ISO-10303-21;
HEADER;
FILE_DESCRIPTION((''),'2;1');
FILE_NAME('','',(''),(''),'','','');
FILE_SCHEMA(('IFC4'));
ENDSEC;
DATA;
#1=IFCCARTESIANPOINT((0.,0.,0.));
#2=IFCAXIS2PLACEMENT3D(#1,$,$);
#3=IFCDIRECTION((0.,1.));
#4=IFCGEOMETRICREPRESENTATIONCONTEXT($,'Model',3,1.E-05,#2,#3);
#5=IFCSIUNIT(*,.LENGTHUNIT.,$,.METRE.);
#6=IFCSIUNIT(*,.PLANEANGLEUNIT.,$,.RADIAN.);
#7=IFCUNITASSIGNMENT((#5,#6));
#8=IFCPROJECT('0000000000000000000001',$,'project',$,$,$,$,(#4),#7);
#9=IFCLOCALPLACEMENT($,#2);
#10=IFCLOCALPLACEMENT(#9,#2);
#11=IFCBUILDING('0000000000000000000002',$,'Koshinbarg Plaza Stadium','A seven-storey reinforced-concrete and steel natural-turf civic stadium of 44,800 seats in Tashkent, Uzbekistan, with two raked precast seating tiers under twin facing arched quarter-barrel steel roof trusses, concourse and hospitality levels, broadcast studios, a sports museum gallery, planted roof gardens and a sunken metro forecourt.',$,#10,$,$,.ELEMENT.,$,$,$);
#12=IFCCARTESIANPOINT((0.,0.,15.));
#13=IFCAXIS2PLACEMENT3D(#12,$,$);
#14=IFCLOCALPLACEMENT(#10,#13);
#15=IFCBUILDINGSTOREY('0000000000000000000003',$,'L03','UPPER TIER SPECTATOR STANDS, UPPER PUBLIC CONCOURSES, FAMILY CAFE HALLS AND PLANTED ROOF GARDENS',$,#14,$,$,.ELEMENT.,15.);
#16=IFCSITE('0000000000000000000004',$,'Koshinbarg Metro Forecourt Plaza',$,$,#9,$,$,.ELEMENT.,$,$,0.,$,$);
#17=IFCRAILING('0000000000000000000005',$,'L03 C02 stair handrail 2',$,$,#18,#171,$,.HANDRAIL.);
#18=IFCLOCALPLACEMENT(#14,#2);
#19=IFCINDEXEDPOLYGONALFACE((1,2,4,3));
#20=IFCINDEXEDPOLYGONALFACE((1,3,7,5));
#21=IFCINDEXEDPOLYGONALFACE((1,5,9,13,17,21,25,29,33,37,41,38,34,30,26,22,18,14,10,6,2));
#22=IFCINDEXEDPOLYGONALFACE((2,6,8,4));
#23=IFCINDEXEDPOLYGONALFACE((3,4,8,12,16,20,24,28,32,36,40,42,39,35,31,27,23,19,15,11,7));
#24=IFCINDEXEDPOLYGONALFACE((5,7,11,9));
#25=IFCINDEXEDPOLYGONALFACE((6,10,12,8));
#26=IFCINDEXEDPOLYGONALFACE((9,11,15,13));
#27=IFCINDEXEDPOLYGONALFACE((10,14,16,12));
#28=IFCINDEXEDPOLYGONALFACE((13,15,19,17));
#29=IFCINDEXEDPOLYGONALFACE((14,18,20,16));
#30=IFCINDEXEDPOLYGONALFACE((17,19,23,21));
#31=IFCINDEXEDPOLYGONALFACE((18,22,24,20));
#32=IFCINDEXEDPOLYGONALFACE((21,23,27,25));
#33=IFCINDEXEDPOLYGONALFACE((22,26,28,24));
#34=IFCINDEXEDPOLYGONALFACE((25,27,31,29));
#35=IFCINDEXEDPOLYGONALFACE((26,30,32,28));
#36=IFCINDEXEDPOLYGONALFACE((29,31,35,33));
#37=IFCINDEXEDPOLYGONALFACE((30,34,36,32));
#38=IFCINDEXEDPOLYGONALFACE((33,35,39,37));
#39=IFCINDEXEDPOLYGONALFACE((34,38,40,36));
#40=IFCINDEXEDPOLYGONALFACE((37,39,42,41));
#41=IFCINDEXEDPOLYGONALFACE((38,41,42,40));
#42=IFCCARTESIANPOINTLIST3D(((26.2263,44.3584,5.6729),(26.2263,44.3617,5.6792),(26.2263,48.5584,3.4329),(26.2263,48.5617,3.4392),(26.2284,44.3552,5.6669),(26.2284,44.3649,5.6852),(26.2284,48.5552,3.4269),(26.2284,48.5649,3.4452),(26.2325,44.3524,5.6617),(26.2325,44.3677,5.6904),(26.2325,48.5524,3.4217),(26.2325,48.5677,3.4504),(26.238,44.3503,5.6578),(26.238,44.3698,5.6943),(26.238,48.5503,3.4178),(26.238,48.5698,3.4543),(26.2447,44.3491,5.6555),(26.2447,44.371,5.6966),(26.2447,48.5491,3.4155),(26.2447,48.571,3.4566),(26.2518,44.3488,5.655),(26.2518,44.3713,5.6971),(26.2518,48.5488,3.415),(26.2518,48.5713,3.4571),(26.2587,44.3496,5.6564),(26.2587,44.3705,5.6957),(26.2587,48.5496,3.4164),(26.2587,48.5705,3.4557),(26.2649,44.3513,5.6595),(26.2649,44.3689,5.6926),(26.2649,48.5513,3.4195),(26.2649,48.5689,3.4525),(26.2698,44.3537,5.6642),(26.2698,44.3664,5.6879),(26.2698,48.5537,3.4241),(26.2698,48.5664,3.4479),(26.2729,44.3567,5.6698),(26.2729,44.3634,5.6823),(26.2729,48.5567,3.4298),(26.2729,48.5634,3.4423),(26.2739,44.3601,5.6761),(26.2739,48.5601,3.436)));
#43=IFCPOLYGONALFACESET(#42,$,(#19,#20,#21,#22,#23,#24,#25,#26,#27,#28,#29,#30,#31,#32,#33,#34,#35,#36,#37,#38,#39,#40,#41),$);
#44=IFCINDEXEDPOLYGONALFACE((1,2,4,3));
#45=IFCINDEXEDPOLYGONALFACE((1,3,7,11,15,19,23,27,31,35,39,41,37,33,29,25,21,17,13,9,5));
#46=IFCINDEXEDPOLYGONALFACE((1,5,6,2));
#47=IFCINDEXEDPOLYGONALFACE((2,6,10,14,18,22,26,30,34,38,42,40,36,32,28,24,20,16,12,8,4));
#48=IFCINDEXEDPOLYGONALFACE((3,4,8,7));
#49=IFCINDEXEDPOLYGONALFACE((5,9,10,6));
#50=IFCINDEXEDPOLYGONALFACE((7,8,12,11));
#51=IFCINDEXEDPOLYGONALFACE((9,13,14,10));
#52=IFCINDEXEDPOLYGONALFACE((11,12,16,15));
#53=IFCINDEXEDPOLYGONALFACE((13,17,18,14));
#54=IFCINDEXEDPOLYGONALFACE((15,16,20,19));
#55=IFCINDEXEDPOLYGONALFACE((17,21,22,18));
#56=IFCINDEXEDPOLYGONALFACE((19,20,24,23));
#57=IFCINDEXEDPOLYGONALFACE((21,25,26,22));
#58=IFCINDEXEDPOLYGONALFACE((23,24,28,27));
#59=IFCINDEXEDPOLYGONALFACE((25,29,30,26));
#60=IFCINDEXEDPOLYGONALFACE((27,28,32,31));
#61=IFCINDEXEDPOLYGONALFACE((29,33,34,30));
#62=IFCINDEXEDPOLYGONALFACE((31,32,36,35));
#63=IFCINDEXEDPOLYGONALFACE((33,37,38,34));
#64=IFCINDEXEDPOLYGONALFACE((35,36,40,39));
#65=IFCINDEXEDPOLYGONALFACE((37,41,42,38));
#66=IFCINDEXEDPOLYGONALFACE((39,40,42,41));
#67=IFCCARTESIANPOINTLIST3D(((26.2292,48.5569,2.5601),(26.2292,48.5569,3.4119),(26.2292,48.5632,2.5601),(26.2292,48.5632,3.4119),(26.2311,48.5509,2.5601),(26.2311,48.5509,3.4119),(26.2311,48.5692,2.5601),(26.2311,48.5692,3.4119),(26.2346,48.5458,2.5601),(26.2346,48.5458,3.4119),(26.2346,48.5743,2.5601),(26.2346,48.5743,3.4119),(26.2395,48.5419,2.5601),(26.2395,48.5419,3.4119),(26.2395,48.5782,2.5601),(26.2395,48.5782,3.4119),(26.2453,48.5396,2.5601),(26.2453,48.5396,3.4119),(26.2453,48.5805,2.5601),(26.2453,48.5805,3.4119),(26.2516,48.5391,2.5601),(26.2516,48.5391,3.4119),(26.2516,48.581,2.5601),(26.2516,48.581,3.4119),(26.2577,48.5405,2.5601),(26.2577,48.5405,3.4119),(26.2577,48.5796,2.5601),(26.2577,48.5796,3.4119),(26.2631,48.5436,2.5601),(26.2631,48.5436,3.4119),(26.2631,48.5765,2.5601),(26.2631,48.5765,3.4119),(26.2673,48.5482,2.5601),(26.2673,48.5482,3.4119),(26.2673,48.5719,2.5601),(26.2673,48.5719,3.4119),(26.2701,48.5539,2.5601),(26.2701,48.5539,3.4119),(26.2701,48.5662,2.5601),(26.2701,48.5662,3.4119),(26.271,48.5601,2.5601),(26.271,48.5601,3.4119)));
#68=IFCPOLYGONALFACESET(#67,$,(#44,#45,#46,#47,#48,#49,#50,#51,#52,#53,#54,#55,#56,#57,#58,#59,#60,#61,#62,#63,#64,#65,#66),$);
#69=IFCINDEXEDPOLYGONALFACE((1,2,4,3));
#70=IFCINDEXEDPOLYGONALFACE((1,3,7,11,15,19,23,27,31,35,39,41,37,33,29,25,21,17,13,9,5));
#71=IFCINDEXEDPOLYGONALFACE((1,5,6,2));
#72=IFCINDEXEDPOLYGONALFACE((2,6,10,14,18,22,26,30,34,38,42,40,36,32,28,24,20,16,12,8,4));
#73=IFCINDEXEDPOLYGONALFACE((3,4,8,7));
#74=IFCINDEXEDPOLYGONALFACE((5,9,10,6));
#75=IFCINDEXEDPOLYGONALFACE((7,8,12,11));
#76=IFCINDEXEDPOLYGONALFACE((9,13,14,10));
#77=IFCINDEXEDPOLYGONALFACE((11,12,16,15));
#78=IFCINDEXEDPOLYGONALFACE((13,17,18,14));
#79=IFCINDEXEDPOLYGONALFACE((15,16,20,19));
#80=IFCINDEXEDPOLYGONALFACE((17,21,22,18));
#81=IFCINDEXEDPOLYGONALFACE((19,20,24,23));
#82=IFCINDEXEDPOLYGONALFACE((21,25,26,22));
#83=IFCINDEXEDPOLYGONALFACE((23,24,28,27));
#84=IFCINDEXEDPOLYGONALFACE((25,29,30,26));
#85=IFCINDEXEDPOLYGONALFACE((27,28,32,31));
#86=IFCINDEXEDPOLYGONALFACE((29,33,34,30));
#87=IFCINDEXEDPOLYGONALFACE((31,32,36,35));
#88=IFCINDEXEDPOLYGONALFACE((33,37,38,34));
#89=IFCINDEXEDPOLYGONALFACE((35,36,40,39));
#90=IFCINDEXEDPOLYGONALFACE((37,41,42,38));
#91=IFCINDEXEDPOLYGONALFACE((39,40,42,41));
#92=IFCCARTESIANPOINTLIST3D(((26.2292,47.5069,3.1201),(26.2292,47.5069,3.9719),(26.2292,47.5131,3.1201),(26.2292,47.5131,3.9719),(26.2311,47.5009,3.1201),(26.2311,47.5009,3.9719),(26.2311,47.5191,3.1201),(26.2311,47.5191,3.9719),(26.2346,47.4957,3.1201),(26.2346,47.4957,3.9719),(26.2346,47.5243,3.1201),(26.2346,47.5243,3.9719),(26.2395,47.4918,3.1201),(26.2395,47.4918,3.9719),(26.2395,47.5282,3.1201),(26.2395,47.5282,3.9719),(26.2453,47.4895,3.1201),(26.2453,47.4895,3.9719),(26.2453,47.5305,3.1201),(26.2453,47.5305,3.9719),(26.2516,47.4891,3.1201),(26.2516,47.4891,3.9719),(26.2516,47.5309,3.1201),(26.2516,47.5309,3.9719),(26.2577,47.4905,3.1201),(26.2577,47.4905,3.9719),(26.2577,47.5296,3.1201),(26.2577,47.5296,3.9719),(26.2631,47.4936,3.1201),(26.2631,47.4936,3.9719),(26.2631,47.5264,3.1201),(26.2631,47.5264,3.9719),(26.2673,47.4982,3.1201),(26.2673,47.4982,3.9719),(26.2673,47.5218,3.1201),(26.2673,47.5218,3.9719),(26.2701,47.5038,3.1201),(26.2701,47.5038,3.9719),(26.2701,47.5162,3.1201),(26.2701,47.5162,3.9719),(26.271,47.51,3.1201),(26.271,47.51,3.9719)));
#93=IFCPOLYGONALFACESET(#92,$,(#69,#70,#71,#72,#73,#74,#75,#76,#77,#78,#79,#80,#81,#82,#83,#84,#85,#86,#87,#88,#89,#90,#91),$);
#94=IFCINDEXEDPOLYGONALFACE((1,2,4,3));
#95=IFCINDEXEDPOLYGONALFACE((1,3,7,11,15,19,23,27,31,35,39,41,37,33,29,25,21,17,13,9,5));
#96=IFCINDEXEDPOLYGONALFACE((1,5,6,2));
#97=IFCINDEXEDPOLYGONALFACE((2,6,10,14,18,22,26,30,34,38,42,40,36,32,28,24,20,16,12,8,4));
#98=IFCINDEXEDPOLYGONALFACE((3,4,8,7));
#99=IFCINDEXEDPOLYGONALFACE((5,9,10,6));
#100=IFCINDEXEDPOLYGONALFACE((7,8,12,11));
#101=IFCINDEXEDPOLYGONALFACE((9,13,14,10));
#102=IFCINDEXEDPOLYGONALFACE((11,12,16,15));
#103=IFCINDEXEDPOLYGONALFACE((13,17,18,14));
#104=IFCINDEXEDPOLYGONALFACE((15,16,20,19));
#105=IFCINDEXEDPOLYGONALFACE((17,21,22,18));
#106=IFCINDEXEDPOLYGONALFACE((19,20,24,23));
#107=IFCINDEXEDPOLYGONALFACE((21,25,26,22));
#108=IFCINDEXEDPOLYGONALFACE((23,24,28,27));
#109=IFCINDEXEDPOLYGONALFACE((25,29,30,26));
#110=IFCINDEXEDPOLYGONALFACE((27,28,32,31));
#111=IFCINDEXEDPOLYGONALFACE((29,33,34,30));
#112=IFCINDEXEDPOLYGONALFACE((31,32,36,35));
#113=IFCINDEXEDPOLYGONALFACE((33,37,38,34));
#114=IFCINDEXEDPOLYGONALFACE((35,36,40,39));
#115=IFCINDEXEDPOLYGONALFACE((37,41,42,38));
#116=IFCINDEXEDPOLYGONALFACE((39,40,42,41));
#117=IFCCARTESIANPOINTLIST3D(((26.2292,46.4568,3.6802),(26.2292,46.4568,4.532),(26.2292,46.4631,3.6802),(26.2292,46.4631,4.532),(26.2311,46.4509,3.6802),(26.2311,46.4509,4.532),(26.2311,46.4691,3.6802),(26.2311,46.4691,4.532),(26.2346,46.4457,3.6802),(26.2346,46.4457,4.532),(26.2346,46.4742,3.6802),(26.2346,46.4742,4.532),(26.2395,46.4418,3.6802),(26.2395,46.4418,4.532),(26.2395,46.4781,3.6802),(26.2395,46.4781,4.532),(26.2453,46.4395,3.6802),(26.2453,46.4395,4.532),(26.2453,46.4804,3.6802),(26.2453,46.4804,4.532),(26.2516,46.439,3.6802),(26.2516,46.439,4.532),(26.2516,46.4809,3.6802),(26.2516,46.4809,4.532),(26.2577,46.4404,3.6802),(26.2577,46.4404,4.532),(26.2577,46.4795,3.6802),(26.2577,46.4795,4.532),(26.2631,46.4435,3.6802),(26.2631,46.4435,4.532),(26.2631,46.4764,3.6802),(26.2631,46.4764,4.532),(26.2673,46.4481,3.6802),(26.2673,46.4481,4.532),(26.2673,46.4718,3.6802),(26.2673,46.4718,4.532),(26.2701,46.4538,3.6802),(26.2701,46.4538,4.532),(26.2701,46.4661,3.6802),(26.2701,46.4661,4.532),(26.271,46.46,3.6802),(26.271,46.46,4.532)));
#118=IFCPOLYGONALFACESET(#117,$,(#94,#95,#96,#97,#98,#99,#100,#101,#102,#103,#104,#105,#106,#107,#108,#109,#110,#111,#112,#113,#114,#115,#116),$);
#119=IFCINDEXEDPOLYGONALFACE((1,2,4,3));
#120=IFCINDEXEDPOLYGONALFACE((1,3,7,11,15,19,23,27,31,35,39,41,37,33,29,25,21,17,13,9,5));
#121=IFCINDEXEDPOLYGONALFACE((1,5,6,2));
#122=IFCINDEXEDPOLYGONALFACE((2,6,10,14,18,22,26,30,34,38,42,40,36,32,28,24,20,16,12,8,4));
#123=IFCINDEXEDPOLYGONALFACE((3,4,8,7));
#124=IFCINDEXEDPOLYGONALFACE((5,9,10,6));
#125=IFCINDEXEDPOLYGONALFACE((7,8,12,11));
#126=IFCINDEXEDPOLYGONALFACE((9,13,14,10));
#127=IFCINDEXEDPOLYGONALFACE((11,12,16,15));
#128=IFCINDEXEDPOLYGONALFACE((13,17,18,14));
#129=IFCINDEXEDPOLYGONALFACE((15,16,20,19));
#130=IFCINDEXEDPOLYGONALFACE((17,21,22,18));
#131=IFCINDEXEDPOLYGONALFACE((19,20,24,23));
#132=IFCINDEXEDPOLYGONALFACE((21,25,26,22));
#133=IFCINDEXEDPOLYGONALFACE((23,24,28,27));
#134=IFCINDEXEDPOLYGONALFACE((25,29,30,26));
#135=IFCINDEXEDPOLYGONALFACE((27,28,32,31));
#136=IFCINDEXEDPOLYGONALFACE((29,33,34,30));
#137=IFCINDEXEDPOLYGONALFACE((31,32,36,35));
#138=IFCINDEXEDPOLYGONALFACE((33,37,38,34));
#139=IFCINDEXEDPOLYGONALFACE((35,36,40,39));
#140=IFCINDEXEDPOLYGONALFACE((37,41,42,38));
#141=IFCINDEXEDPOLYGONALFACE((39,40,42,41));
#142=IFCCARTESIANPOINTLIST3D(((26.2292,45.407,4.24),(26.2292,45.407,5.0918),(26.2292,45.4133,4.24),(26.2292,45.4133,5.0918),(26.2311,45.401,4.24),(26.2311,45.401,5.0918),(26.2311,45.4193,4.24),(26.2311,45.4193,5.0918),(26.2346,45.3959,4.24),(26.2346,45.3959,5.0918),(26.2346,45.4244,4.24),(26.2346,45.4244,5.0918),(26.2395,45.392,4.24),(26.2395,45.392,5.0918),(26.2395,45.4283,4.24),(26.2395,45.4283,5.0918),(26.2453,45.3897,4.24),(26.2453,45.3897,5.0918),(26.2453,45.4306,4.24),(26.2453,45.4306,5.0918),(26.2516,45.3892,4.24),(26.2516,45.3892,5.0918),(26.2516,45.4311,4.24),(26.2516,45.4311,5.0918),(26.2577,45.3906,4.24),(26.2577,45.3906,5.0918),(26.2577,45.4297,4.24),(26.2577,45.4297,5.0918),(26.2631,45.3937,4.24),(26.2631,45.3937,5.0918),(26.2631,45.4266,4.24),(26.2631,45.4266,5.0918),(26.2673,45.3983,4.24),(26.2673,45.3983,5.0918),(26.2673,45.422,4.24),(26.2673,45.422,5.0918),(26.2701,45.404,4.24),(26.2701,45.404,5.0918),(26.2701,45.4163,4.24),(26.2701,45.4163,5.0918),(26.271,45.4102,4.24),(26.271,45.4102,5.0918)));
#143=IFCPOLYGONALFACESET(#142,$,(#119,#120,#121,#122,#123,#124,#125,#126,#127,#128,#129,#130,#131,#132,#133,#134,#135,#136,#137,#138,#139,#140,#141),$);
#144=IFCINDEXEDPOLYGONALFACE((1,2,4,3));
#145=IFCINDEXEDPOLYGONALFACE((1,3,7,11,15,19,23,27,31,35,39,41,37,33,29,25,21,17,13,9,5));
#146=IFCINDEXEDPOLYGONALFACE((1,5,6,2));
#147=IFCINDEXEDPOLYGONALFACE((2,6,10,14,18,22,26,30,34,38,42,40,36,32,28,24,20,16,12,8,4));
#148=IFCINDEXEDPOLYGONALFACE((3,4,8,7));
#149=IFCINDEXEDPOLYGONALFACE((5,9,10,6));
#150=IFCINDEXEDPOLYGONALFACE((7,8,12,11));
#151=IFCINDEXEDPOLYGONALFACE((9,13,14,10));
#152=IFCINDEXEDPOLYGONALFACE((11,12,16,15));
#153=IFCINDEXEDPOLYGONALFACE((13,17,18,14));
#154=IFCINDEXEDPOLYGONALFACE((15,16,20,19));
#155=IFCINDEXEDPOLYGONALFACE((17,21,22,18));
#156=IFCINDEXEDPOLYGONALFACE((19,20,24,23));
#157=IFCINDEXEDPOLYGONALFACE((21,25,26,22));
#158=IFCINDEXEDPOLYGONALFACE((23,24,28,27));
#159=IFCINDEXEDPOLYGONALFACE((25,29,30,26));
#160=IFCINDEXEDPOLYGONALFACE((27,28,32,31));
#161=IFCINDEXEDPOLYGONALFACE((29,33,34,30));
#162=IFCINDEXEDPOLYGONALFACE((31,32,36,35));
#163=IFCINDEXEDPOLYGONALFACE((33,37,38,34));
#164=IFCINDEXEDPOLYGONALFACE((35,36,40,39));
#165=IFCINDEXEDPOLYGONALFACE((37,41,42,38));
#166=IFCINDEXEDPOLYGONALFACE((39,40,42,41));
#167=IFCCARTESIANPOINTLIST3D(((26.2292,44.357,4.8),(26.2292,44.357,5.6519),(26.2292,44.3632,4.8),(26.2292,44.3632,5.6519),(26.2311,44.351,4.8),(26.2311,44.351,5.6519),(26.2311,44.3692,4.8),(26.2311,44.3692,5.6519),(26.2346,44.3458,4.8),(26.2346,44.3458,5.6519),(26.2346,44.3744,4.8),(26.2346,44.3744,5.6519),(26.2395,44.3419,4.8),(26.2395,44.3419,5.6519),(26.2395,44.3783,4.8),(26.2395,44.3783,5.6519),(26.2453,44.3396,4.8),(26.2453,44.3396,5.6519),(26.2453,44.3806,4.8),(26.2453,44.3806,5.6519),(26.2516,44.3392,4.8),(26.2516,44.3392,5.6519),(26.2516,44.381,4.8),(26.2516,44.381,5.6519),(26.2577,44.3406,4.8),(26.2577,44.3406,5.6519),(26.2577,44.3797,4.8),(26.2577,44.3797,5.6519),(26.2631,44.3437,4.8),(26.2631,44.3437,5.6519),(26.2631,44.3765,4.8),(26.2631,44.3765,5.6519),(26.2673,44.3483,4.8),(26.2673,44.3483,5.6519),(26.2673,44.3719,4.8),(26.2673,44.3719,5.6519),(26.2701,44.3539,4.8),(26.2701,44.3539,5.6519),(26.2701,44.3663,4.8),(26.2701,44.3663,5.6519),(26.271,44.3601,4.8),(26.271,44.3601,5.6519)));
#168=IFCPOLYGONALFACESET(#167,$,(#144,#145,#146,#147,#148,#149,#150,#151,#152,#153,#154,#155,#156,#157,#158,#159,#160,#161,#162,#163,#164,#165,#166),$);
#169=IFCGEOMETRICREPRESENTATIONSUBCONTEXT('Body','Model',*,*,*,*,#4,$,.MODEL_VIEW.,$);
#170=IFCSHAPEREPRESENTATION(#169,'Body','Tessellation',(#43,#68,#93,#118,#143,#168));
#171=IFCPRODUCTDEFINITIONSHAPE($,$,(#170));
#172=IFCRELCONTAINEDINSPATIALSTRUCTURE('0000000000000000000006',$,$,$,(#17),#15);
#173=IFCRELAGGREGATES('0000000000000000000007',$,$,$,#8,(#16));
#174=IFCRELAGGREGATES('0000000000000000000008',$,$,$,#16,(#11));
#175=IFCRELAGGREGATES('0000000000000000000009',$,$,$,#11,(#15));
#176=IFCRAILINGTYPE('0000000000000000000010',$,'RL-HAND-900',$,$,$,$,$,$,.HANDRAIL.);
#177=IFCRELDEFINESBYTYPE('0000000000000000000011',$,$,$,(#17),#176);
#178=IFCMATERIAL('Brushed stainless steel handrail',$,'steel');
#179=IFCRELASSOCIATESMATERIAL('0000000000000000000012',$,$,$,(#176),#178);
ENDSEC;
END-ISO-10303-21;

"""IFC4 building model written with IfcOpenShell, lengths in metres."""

from ifc_helpers import new_model, si_unit, direction, frame, origin, origin_2d, place, context, subcontext, project, spatial, circle, extrude, material, type_object, element, save


model = new_model("IFC4")

# Units and contexts
model_context = context("Model", 3, precision=1e-05, world=origin(), true_north=direction((0.0, 1.0)))
body_context = subcontext(model_context, "Body", "Model", "MODEL_VIEW")
ifc_project = project(units=[si_unit("LENGTHUNIT", "METRE"), si_unit("PLANEANGLEUNIT", "RADIAN")], contexts=[model_context])

# Site, building, storey
site_placement = place(None, origin())
site = spatial("IfcSite", under=ifc_project, at=site_placement, Name="Koshinbarg Metro Forecourt Plaza", CompositionType="ELEMENT", RefElevation=0.0)
building_placement = place(site_placement, origin())
building = spatial("IfcBuilding", under=site, at=building_placement, Name="Koshinbarg Plaza Stadium", Description="A seven-storey reinforced-concrete and steel natural-turf civic stadium of 44,800 seats in Tashkent, Uzbekistan, with two raked precast seating tiers under twin facing arched quarter-barrel steel roof trusses, concourse and hospitality levels, broadcast studios, a sports museum gallery, planted roof gardens and a sunken metro forecourt.", CompositionType="ELEMENT")
storey_placement = place(building_placement, frame((0.0, 0.0, 15.0)))
storey = spatial("IfcBuildingStorey", under=building, at=storey_placement, Name="L03", Description="UPPER TIER SPECTATOR STANDS, UPPER PUBLIC CONCOURSES, FAMILY CAFE HALLS AND PLANTED ROOF GARDENS", CompositionType="ELEMENT", Elevation=15.0)

# Railing
ifc_material_1 = material(Name="Brushed stainless steel handrail", Category="steel")
railing_type_1 = type_object("IfcRailingType", Name="RL-HAND-900", PredefinedType="HANDRAIL", material=ifc_material_1)
railing_1_placement = place(storey_placement, frame((26.25, 48.5601, 2.5601)))
element("IfcRailing", 1, at=railing_1_placement, inside=storey, type_object=railing_type_1, Name="L03 C02 stair handrail 2", PredefinedType="HANDRAIL", context=body_context, shape_type="SweptSolid", body=[
    extrude(circle(Radius=0.0239, at=origin_2d()), frame((0.0, 0.0, 0.876), z_axis=(0.0, -0.882352, 0.470591), x_axis=(1.0, 0.0, 0.0)), (0.0, 0.0, 1.0), 4.76),
    extrude(circle(Radius=0.021, at=origin_2d()), origin(), (0.0, 0.0, 1.0), 0.8518),
    extrude(circle(Radius=0.021, at=origin_2d()), frame((0.0, -1.05, 0.5601)), (0.0, 0.0, 1.0), 0.8518),
    extrude(circle(Radius=0.021, at=origin_2d()), frame((0.0, -2.1001, 1.1201)), (0.0, 0.0, 1.0), 0.8518),
    extrude(circle(Radius=0.021, at=origin_2d()), frame((0.0, -3.1499, 1.6799)), (0.0, 0.0, 1.0), 0.8518),
    extrude(circle(Radius=0.021, at=origin_2d()), frame((0.0, -4.2, 2.24)), (0.0, 0.0, 1.0), 0.8518),
])

save(model, "model.ifc")
